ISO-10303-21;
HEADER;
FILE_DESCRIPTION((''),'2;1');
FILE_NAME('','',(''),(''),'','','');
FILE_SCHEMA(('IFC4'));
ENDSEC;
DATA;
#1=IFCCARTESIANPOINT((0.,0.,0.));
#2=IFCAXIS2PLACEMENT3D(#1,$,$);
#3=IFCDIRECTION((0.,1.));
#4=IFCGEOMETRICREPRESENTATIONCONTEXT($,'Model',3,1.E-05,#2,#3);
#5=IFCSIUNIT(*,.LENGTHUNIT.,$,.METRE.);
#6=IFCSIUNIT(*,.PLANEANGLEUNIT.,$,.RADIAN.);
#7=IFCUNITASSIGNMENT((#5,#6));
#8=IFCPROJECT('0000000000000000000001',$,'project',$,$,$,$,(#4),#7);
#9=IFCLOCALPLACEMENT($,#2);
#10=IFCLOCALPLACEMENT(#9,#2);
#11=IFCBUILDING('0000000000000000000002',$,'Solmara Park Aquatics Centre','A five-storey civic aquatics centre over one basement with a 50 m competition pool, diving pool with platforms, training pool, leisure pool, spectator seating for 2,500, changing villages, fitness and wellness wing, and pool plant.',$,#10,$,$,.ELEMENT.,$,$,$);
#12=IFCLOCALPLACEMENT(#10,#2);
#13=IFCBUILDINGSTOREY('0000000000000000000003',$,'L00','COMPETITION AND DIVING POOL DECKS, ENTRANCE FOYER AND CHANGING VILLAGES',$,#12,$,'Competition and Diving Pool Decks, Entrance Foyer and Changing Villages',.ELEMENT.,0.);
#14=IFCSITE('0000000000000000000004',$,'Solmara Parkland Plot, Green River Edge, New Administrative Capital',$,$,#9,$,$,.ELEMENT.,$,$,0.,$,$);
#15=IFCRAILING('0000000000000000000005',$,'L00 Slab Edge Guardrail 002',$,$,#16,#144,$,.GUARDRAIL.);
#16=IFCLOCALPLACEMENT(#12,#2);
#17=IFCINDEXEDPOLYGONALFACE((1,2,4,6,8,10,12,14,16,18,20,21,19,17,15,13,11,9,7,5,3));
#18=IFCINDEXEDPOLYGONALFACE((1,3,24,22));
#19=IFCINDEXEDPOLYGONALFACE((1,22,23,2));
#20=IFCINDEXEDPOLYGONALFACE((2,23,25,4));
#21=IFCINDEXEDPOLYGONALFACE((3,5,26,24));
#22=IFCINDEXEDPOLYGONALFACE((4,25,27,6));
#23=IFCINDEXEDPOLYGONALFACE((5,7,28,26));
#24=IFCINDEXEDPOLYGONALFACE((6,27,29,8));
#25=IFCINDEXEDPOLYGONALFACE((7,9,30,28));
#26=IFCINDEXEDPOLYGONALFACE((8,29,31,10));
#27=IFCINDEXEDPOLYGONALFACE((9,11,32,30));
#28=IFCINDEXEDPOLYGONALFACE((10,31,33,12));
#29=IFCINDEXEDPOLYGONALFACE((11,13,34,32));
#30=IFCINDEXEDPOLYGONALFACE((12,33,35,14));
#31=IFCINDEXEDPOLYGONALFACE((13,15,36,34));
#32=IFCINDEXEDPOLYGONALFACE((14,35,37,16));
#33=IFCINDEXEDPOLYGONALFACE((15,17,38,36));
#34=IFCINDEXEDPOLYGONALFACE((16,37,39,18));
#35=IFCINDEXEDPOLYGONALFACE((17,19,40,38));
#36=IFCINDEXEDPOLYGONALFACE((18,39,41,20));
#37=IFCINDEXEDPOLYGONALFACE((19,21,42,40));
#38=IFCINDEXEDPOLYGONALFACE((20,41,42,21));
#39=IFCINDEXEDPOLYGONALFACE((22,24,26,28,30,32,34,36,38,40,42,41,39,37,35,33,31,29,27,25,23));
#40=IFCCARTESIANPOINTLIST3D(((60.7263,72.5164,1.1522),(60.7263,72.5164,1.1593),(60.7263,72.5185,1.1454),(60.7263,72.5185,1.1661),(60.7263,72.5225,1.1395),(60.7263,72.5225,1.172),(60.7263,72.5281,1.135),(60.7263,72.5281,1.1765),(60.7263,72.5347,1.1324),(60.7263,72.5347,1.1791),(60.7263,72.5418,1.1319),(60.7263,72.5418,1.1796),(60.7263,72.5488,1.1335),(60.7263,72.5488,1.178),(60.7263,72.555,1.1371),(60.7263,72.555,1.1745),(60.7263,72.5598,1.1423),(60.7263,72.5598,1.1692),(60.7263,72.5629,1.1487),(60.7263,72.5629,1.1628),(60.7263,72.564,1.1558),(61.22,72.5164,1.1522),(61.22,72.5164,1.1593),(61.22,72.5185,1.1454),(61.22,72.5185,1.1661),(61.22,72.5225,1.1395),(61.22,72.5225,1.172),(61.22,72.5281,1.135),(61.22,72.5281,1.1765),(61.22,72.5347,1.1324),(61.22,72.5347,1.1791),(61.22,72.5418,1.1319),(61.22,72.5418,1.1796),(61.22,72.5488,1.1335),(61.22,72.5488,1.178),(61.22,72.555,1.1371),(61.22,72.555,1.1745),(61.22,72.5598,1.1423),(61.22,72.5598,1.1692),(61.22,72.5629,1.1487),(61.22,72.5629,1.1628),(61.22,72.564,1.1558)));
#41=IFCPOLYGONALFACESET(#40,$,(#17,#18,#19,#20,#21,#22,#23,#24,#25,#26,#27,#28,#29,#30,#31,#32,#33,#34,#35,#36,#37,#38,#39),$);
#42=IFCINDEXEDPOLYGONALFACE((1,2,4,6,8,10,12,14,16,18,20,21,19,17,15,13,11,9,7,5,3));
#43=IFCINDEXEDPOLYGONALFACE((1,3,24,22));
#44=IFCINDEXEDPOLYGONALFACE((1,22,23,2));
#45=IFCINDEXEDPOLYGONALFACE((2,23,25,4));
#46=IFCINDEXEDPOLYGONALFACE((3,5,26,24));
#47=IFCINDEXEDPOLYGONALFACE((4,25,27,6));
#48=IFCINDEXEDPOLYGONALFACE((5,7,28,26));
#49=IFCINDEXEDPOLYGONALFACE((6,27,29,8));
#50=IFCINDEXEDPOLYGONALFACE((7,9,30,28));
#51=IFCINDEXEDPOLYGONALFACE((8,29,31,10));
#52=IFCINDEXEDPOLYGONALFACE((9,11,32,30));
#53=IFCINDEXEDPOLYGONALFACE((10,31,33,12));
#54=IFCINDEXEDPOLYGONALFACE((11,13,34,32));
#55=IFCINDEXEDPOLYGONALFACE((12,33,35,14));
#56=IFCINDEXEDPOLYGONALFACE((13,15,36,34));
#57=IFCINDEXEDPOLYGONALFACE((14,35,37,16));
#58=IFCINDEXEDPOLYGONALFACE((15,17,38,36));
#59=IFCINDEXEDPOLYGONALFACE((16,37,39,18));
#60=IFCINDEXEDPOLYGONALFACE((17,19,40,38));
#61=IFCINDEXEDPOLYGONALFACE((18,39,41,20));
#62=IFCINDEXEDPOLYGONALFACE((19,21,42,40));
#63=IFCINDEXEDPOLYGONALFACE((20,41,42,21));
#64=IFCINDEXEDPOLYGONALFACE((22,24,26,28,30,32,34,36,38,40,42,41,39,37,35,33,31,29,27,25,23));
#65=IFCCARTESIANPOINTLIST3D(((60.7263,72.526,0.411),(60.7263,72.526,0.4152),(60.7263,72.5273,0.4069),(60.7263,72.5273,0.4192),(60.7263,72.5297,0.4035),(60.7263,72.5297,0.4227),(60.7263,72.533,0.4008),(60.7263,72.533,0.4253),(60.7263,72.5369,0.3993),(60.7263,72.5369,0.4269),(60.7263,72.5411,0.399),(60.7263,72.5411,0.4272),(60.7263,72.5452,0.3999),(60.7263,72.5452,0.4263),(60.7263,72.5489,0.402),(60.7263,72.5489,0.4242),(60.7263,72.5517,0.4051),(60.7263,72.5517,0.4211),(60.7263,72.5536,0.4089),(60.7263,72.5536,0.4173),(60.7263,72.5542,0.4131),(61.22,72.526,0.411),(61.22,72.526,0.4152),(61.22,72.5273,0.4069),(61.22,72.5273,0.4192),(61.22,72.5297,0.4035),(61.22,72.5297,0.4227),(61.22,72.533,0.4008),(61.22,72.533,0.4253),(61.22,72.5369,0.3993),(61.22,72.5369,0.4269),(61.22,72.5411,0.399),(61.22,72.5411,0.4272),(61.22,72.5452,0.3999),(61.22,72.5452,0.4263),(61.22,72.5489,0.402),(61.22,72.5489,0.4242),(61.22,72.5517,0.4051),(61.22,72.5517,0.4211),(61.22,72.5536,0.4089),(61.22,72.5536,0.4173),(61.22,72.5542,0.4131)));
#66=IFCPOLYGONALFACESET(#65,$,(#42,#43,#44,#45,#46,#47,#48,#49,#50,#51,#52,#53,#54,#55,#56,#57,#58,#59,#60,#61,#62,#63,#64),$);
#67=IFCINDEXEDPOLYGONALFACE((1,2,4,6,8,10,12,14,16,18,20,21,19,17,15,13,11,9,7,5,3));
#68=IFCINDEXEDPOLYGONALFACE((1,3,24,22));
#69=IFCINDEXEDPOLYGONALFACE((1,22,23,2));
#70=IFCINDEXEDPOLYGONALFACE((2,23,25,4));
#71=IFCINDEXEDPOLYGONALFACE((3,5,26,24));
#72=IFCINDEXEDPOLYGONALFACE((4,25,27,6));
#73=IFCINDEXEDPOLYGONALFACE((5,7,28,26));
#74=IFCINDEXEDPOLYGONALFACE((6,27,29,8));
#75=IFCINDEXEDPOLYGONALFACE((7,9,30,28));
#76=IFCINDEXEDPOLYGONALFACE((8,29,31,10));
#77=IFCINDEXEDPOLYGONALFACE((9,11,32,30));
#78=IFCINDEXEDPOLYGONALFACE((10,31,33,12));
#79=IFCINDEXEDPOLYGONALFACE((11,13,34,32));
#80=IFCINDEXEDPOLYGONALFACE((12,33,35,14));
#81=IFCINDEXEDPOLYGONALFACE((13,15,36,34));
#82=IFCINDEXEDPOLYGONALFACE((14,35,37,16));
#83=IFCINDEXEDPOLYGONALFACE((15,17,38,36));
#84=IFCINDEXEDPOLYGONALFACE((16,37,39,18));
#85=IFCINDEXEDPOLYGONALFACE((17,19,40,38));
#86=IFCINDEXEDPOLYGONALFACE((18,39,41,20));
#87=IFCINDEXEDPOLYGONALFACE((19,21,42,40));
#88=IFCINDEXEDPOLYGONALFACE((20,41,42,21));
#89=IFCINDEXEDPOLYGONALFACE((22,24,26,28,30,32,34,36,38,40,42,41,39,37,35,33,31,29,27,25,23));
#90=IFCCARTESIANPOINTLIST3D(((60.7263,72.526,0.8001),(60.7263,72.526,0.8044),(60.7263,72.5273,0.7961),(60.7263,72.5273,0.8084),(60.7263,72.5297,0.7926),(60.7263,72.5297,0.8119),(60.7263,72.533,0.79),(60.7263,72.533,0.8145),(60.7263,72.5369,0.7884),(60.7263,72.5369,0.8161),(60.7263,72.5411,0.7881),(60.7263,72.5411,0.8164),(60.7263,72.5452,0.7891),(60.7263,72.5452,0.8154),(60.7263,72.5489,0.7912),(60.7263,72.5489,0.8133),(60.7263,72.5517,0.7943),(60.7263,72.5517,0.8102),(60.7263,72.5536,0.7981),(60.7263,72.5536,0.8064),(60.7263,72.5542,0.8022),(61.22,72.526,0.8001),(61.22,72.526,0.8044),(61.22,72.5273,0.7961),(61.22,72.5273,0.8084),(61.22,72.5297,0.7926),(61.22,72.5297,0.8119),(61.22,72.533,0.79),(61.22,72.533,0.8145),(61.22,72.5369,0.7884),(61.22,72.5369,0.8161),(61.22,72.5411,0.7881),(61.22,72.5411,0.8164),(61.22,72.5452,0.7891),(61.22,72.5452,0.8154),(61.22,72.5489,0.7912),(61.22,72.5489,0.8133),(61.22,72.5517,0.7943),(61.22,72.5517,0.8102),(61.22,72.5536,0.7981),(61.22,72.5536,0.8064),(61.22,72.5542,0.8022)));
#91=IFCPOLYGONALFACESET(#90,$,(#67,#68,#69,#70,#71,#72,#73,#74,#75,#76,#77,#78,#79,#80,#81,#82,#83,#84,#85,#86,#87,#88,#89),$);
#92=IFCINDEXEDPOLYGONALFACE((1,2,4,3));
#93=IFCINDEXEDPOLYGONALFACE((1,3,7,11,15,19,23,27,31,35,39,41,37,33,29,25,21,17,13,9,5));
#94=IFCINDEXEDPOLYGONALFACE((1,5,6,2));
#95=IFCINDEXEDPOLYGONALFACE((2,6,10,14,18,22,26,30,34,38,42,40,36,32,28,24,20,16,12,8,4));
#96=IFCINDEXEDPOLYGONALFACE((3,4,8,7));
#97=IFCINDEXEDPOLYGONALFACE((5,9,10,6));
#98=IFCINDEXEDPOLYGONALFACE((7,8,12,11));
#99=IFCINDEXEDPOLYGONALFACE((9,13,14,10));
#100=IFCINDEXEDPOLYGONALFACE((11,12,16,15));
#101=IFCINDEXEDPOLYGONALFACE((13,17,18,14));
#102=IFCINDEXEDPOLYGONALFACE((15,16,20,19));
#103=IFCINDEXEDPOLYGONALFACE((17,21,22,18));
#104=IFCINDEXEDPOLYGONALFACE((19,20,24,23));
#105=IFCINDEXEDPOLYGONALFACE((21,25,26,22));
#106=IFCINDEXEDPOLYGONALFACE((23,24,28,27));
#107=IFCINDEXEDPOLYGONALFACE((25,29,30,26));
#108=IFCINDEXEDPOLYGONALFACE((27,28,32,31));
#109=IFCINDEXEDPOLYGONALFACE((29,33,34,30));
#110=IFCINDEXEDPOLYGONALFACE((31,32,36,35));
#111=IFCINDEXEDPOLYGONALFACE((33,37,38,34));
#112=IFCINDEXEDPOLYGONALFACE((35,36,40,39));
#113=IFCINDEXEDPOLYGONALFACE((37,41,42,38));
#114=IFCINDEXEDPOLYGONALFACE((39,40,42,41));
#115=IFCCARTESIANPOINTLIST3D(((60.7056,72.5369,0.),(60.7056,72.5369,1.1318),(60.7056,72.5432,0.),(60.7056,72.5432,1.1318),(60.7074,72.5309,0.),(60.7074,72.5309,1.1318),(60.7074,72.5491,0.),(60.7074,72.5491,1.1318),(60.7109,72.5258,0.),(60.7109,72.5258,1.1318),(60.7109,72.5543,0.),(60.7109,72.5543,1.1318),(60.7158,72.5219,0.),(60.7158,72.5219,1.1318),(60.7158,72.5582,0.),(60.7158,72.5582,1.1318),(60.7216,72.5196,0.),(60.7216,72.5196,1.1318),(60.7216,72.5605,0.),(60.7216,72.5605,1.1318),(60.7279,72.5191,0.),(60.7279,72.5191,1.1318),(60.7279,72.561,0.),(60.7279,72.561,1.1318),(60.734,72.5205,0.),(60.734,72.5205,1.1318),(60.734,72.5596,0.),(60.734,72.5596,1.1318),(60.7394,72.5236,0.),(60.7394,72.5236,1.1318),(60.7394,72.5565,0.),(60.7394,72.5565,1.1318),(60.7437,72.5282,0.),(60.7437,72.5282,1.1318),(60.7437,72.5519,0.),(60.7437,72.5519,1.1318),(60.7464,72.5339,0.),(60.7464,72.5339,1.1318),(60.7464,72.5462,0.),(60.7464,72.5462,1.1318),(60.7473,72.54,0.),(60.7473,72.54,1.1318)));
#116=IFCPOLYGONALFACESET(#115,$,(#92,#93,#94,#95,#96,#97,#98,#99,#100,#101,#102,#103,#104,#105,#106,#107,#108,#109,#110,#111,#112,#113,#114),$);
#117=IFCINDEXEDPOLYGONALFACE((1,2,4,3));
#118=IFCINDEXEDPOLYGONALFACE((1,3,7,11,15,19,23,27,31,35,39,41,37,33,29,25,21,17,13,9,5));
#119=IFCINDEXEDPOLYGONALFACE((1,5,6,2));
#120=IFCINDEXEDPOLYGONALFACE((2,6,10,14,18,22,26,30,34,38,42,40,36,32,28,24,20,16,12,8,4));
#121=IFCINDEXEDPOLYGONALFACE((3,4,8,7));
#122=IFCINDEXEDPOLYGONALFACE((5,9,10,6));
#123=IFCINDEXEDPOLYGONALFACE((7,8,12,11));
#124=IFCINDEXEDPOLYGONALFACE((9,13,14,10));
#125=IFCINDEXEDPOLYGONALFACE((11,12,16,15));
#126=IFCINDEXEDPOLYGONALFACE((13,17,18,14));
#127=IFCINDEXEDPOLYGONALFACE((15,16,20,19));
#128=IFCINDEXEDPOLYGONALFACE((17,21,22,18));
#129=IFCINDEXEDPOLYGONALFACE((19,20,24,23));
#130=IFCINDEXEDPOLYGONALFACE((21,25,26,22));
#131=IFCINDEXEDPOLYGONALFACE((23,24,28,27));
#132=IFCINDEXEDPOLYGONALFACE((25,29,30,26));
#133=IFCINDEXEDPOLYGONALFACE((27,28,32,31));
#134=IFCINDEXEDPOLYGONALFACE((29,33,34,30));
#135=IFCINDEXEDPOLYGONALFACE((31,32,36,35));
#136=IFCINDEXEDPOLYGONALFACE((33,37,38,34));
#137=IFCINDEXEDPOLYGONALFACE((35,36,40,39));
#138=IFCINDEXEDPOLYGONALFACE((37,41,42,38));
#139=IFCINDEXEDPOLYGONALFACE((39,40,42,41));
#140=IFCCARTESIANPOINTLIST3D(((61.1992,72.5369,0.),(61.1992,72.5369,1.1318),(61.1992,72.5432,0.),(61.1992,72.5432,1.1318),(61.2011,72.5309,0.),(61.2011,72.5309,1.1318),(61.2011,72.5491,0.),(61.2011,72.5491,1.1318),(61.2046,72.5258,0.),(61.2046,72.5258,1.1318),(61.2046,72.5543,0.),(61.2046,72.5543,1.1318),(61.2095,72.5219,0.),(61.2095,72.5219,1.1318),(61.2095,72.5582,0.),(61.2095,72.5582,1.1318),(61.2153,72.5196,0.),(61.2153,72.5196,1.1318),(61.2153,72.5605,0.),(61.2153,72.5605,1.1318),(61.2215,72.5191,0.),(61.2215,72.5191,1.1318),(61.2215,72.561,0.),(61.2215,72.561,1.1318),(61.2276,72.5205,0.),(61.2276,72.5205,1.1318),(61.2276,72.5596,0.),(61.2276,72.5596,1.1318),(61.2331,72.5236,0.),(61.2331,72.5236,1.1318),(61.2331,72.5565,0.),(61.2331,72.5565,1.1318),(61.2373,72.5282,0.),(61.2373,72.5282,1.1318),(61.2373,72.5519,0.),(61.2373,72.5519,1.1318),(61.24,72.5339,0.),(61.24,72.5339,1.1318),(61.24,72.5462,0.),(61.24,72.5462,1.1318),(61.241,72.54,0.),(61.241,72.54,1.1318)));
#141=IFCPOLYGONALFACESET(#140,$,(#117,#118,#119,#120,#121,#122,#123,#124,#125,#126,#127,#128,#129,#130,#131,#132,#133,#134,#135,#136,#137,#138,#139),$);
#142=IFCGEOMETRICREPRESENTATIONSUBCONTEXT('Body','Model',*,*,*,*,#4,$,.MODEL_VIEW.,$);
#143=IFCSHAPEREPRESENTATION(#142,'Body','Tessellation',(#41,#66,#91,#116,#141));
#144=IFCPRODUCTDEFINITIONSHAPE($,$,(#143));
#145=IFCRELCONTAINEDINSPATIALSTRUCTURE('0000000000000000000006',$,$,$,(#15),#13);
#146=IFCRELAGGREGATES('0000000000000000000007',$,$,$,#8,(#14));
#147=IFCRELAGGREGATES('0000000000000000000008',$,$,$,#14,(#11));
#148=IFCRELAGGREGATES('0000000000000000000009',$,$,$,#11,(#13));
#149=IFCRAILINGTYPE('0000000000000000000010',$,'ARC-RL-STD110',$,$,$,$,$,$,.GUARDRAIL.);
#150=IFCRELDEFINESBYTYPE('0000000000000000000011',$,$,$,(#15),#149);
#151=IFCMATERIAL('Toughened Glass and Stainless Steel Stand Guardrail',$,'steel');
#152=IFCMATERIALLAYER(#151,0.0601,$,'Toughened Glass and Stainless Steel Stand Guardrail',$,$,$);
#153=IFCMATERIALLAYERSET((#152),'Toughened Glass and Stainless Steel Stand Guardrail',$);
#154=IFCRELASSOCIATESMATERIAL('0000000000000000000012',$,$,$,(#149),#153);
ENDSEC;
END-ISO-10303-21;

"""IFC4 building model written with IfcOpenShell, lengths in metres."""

from ifc_helpers import new_model, si_unit, direction, frame, origin, origin_2d, place, context, subcontext, project, spatial, circle, extrude, material, layer, layer_set, type_object, element, save


model = new_model("IFC4")

# Units and contexts
model_context = context("Model", 3, precision=1e-05, world=origin(), true_north=direction((0.0, 1.0)))
body_context = subcontext(model_context, "Body", "Model", "MODEL_VIEW")
ifc_project = project(units=[si_unit("LENGTHUNIT", "METRE"), si_unit("PLANEANGLEUNIT", "RADIAN")], contexts=[model_context])

# Site, building, storey
site_placement = place(None, origin())
site = spatial("IfcSite", under=ifc_project, at=site_placement, Name="Solmara Parkland Plot, Green River Edge, New Administrative Capital", CompositionType="ELEMENT", RefElevation=0.0)
building_placement = place(site_placement, origin())
building = spatial("IfcBuilding", under=site, at=building_placement, Name="Solmara Park Aquatics Centre", Description="A five-storey civic aquatics centre over one basement with a 50 m competition pool, diving pool with platforms, training pool, leisure pool, spectator seating for 2,500, changing villages, fitness and wellness wing, and pool plant.", CompositionType="ELEMENT")
storey_placement = place(building_placement, origin())
storey = spatial("IfcBuildingStorey", under=building, at=storey_placement, Name="L00", Description="COMPETITION AND DIVING POOL DECKS, ENTRANCE FOYER AND CHANGING VILLAGES", LongName="Competition and Diving Pool Decks, Entrance Foyer and Changing Villages", CompositionType="ELEMENT", Elevation=0.0)

# Railing
ifc_material_1 = material(Name="Toughened Glass and Stainless Steel Stand Guardrail", Category="steel")
ifc_layer_1 = layer(ifc_material_1, 0.0601, Name="Toughened Glass and Stainless Steel Stand Guardrail")
ifc_layer_set_1 = layer_set([ifc_layer_1], Name="Toughened Glass and Stainless Steel Stand Guardrail")
railing_type = type_object("IfcRailingType", Name="ARC-RL-STD110", PredefinedType="GUARDRAIL", material=ifc_layer_set_1)
railing_placement = place(storey_placement, frame((60.7263, 72.54, 0.0)))
element("IfcRailing", 1, at=railing_placement, inside=storey, type_object=railing_type, Name="L00 Slab Edge Guardrail 002", PredefinedType="GUARDRAIL", context=body_context, shape_type="SweptSolid", body=[
    extrude(circle(Radius=0.0239, at=origin_2d()), frame((0.0, 0.0, 1.1558), z_axis=(1.0, 0.0, 0.0), x_axis=(0.0, 1.0, 0.0)), (0.0, 0.0, 1.0), 0.4937),
    extrude(circle(Radius=0.0142, at=origin_2d()), frame((0.0, 0.0, 0.4131), z_axis=(1.0, 0.0, 0.0), x_axis=(0.0, 1.0, 0.0)), (0.0, 0.0, 1.0), 0.4937),
    extrude(circle(Radius=0.0142, at=origin_2d()), frame((0.0, 0.0, 0.8022), z_axis=(1.0, 0.0, 0.0), x_axis=(0.0, 1.0, 0.0)), (0.0, 0.0, 1.0), 0.4937),
    extrude(circle(Radius=0.021, at=origin_2d()), origin(), (0.0, 0.0, 1.0), 1.1318),
    extrude(circle(Radius=0.021, at=origin_2d()), frame((0.4937, 0.0, 0.0)), (0.0, 0.0, 1.0), 1.1318),
])

save(model, "model.ifc")
